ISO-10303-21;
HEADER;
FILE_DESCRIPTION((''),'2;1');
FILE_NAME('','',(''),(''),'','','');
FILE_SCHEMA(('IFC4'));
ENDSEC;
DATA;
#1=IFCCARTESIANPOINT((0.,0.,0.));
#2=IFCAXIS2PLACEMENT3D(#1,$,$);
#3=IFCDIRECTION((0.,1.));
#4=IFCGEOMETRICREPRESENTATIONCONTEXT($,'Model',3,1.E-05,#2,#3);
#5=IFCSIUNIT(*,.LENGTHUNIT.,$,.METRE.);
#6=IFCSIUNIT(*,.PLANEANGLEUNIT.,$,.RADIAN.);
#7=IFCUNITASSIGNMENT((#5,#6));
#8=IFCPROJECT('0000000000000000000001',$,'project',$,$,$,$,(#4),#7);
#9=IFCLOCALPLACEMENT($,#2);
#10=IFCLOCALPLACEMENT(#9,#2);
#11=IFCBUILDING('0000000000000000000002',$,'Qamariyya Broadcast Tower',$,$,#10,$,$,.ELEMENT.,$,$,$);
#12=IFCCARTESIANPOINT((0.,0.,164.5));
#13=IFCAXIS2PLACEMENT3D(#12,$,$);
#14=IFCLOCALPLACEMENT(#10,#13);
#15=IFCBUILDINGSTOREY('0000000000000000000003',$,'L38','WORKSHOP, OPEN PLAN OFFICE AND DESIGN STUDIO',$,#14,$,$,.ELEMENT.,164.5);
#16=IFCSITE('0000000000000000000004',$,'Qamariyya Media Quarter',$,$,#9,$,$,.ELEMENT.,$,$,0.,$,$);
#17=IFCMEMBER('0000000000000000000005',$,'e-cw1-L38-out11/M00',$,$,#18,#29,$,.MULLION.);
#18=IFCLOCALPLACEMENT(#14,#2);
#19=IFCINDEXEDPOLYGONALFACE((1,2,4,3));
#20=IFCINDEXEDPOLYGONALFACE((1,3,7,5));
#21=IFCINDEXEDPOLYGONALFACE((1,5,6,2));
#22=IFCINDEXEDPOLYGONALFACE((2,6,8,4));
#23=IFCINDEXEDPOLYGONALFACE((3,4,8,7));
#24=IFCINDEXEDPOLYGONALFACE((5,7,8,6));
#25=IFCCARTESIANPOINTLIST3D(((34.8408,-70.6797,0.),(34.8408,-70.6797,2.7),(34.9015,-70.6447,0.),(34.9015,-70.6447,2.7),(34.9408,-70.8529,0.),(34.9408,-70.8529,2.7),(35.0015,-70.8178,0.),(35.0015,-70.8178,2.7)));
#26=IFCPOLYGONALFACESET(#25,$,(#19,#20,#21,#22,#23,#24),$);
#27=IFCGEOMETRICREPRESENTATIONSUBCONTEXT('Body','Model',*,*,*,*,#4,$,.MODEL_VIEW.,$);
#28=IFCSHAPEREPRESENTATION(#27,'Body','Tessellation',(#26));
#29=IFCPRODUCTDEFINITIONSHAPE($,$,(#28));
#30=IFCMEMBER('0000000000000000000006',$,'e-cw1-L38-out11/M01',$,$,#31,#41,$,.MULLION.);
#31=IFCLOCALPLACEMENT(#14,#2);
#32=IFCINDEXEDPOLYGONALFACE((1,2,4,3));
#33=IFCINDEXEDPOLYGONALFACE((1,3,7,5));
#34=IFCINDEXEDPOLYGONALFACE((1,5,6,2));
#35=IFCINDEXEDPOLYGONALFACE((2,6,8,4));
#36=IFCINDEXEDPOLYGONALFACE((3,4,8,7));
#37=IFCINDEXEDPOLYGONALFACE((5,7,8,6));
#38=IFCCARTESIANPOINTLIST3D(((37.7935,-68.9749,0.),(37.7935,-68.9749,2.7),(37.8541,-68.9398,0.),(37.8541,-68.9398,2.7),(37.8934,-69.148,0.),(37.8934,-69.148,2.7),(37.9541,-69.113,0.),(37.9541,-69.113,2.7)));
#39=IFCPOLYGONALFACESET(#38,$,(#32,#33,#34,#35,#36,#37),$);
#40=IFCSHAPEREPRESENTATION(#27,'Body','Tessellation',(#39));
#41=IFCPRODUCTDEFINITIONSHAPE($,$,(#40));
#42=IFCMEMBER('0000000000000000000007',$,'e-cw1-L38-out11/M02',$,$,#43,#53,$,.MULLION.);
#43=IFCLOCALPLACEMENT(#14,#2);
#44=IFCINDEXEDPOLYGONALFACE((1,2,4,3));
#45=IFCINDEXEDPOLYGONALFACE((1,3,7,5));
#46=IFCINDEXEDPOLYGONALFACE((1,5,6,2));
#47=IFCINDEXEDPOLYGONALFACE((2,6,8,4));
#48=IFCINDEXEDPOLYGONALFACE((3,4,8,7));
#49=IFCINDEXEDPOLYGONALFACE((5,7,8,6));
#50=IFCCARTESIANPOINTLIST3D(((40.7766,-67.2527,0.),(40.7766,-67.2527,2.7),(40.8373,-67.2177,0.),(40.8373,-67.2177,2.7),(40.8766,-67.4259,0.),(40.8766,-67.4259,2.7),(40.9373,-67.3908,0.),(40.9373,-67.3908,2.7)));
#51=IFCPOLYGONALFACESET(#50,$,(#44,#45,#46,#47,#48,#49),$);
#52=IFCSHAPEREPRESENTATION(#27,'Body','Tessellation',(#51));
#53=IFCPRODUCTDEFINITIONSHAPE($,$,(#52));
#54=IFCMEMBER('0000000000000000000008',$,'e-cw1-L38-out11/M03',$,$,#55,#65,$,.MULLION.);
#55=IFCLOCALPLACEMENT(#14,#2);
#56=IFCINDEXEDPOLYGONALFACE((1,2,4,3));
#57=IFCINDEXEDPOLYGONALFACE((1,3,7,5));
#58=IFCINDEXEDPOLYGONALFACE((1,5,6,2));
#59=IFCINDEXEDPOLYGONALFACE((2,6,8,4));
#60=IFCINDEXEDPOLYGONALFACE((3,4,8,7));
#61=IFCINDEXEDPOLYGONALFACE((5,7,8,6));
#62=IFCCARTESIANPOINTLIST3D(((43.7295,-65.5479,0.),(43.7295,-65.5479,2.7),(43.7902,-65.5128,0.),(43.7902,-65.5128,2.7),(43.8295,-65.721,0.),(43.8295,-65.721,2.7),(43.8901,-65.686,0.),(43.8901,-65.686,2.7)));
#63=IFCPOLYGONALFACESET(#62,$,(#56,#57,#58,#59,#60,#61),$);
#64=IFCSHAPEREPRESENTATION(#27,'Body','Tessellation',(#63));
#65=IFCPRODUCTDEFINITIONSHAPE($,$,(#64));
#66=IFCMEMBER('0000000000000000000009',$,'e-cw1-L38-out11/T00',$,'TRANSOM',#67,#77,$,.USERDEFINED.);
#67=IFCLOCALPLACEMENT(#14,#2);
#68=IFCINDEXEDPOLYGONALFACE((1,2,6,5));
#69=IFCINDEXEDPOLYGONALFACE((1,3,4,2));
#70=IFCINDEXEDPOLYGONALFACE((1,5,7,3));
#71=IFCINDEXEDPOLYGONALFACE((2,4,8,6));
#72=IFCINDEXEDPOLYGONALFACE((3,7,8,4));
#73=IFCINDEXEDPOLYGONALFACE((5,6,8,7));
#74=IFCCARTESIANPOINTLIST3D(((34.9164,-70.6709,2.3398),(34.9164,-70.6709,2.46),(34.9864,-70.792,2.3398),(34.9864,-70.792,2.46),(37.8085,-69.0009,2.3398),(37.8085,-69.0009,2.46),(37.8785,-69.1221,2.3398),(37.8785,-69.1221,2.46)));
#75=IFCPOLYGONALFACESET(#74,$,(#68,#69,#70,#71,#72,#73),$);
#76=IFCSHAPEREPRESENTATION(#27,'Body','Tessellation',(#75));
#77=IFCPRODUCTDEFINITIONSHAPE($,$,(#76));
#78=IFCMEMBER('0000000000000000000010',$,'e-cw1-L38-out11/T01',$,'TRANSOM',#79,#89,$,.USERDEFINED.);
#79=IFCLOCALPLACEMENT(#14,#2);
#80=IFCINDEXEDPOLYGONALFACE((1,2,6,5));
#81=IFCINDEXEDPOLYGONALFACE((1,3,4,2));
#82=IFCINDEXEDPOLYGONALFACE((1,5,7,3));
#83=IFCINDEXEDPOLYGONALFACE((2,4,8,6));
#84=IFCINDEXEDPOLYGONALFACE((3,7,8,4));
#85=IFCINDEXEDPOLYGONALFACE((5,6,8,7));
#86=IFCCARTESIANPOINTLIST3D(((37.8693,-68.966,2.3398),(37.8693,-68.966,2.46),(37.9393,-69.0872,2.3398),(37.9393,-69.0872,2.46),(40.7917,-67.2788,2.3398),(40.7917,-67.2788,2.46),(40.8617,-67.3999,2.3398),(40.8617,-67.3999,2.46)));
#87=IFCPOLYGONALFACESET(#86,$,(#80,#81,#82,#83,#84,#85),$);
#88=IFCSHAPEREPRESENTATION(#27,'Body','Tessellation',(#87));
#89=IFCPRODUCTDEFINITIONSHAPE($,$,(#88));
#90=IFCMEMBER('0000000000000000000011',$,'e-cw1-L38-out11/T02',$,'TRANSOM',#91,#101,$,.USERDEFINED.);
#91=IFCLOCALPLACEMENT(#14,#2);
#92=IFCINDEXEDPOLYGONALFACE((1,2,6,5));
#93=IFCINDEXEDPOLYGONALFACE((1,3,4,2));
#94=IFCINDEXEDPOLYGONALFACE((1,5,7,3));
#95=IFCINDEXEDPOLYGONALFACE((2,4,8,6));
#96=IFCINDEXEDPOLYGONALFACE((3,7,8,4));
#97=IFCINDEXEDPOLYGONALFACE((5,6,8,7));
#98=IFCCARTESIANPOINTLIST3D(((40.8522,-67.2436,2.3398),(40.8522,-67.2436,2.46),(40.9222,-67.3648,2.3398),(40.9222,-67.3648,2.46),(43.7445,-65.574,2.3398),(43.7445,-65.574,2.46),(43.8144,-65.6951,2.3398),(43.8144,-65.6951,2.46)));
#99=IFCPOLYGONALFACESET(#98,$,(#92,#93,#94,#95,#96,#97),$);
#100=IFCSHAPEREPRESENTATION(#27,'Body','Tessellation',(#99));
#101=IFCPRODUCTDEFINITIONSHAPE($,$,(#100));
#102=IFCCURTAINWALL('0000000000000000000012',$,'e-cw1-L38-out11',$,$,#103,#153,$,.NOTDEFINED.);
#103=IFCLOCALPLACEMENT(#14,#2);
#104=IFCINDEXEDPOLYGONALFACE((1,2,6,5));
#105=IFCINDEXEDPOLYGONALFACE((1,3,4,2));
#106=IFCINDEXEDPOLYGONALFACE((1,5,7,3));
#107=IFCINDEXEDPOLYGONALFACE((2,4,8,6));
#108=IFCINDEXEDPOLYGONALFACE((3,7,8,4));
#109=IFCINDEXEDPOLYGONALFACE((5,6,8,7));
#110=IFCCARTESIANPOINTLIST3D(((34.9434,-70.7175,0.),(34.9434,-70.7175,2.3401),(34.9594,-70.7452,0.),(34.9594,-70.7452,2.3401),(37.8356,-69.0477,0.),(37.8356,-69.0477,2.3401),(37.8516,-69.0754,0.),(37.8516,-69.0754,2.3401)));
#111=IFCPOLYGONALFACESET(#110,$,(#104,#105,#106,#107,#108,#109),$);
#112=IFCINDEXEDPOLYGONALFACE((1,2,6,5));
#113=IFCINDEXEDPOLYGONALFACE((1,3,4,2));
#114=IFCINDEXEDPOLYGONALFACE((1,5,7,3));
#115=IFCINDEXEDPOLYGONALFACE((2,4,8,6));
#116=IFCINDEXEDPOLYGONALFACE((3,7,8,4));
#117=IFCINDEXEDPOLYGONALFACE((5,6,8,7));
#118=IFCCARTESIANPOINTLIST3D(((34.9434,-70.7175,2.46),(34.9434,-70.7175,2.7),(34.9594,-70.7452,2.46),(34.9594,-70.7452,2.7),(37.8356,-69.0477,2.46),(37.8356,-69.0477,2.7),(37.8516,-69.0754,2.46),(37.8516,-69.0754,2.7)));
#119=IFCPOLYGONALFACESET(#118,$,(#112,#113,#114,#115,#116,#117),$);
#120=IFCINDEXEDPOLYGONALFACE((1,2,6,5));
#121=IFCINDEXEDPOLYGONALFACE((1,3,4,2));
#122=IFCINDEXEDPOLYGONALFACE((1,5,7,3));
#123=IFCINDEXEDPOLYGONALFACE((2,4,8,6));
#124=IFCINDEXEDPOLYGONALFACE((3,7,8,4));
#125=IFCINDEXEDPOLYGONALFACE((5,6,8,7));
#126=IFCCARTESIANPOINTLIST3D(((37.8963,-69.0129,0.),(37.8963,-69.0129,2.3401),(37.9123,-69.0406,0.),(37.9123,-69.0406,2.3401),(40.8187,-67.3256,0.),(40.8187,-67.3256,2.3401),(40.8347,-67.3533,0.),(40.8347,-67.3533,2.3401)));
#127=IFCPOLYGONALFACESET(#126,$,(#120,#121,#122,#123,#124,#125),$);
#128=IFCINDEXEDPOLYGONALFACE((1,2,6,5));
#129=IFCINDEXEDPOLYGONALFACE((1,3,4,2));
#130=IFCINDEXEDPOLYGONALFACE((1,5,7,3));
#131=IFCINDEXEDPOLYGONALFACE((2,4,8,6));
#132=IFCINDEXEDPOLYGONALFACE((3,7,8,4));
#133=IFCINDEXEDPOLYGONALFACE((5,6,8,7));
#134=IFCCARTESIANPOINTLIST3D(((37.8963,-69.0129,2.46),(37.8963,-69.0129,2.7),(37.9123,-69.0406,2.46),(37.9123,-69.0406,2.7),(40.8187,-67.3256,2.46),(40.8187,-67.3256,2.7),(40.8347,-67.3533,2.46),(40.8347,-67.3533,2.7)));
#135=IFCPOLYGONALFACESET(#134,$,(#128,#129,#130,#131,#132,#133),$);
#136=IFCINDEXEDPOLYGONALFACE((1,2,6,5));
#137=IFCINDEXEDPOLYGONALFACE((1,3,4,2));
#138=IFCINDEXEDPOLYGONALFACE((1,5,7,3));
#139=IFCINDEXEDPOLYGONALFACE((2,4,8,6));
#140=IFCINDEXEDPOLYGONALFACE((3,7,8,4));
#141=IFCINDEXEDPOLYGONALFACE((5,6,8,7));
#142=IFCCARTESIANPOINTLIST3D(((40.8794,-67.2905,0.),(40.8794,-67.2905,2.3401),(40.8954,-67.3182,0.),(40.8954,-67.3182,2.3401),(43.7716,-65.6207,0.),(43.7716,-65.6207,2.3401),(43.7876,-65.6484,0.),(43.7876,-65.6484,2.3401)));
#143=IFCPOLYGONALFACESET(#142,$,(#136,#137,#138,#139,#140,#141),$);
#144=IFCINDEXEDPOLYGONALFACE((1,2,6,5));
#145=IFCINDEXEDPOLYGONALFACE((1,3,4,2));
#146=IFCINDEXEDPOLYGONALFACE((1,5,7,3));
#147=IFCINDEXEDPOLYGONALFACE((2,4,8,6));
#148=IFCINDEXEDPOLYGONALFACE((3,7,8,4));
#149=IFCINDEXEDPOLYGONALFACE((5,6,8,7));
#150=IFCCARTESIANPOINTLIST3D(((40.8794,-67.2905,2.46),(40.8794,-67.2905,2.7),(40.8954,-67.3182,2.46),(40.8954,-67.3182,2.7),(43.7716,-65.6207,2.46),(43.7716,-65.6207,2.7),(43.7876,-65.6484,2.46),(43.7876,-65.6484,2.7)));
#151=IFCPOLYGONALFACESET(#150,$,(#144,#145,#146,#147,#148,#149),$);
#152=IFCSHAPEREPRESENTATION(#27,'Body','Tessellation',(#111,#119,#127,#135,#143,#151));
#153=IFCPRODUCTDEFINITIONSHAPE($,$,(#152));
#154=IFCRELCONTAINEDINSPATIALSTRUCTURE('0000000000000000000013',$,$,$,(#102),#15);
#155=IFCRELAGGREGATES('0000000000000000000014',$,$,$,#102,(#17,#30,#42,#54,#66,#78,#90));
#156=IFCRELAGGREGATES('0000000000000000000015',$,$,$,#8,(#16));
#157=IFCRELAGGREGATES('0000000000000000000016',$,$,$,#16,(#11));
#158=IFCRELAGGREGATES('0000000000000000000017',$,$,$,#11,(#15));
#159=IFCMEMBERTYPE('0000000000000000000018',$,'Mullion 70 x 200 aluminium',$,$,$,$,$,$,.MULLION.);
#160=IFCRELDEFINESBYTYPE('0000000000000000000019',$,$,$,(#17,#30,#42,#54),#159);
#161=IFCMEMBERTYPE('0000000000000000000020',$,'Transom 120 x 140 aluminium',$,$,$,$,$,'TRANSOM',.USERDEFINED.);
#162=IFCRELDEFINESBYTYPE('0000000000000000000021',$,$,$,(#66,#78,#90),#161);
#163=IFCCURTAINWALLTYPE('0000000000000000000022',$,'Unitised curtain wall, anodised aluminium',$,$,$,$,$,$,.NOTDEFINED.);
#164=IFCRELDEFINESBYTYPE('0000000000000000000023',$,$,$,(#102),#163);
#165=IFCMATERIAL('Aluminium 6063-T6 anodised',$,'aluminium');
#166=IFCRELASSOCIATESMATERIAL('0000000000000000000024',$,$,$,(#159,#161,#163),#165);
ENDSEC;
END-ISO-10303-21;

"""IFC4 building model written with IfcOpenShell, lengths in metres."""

from ifc_helpers import new_model, si_unit, direction, frame, origin, origin_2d, place, context, subcontext, project, spatial, rectangle, extrude, material, material_profile, profile_set, type_object, element, aggregate, save


model = new_model("IFC4")

# Units and contexts
model_context = context("Model", 3, precision=1e-05, world=origin(), true_north=direction((0.0, 1.0)))
body_context = subcontext(model_context, "Body", "Model", "MODEL_VIEW")
ifc_project = project(units=[si_unit("LENGTHUNIT", "METRE"), si_unit("PLANEANGLEUNIT", "RADIAN")], contexts=[model_context])

# Members
ifc_material = material(Name="Aluminium 6063-T6 anodised", Category="aluminium")
ifc_material_profile_1 = material_profile(ifc_material, rectangle(XDim=0.2, YDim=0.0701, at=origin_2d()))
ifc_profile_set_1 = profile_set([ifc_material_profile_1], Name="Aluminium 6063-T6 anodised")
member_type_1 = type_object("IfcMemberType", Name="Mullion 70 x 200 aluminium", PredefinedType="MULLION", material=ifc_profile_set_1)
site_placement = place(None, origin())
building_placement = place(site_placement, origin())
storey_placement = place(building_placement, frame((0.0, 0.0, 164.5)))
member_1_placement = place(storey_placement, frame((34.9211, -70.7488, 0.0), z_axis=(0.0, 0.0, 1.0), x_axis=(-0.5, 0.866025, 0.0)))
member_1 = element("IfcMember", 1, at=member_1_placement, type_object=member_type_1, Name="e-cw1-L38-out11/M00", PredefinedType="MULLION", context=body_context, shape_type="SweptSolid", body=[
    extrude(rectangle(XDim=0.2, YDim=0.0701, at=origin_2d()), origin(), (0.0, 0.0, 1.0), 2.7),
])
member_2_placement = place(storey_placement, frame((37.8738, -69.0439, 0.0), z_axis=(0.0, 0.0, 1.0), x_axis=(-0.5, 0.866025, 0.0)))
member_2 = element("IfcMember", 2, at=member_2_placement, type_object=member_type_1, Name="e-cw1-L38-out11/M01", PredefinedType="MULLION", context=body_context, shape_type="SweptSolid", body=[
    extrude(rectangle(XDim=0.2, YDim=0.0701, at=origin_2d()), origin(), (0.0, 0.0, 1.0), 2.7),
])
member_3_placement = place(storey_placement, frame((40.8569, -67.3218, 0.0), z_axis=(0.0, 0.0, 1.0), x_axis=(-0.5, 0.866025, 0.0)))
member_3 = element("IfcMember", 3, at=member_3_placement, type_object=member_type_1, Name="e-cw1-L38-out11/M02", PredefinedType="MULLION", context=body_context, shape_type="SweptSolid", body=[
    extrude(rectangle(XDim=0.2, YDim=0.0701, at=origin_2d()), origin(), (0.0, 0.0, 1.0), 2.7),
])
member_4_placement = place(storey_placement, frame((43.8098, -65.6169, 0.0), z_axis=(0.0, 0.0, 1.0), x_axis=(-0.5, 0.866025, 0.0)))
member_4 = element("IfcMember", 4, at=member_4_placement, type_object=member_type_1, Name="e-cw1-L38-out11/M03", PredefinedType="MULLION", context=body_context, shape_type="SweptSolid", body=[
    extrude(rectangle(XDim=0.2, YDim=0.0701, at=origin_2d()), origin(), (0.0, 0.0, 1.0), 2.7),
])
ifc_material_profile_2 = material_profile(ifc_material, rectangle(XDim=0.1399, YDim=0.1201, at=origin_2d()))
ifc_profile_set_2 = profile_set([ifc_material_profile_2], Name="Aluminium 6063-T6 anodised")
member_type_2 = type_object("IfcMemberType", Name="Transom 120 x 140 aluminium", ElementType="TRANSOM", PredefinedType="USERDEFINED", material=ifc_profile_set_2)
member_5_placement = place(storey_placement, frame((34.9514, -70.7314, 2.3999), z_axis=(0.866003, 0.500039, 0.0), x_axis=(-0.500039, 0.866003, 0.0)))
member_5 = element("IfcMember", 5, at=member_5_placement, type_object=member_type_2, Name="e-cw1-L38-out11/T00", ObjectType="TRANSOM", PredefinedType="USERDEFINED", context=body_context, shape_type="SweptSolid", body=[
    extrude(rectangle(XDim=0.1399, YDim=0.1201, at=origin_2d()), origin(), (0.0, 0.0, 1.0), 3.3396),
])
member_6_placement = place(storey_placement, frame((37.9043, -69.0266, 2.3999), z_axis=(0.866022, 0.500006, 0.0), x_axis=(-0.500006, 0.866022, 0.0)))
member_6 = element("IfcMember", 6, at=member_6_placement, type_object=member_type_2, Name="e-cw1-L38-out11/T01", ObjectType="TRANSOM", PredefinedType="USERDEFINED", context=body_context, shape_type="SweptSolid", body=[
    extrude(rectangle(XDim=0.1399, YDim=0.1201, at=origin_2d()), origin(), (0.0, 0.0, 1.0), 3.3745),
])
member_7_placement = place(storey_placement, frame((40.8872, -67.3042, 2.3999), z_axis=(0.866053, 0.499952, 0.0), x_axis=(-0.499952, 0.866053, 0.0)))
member_7 = element("IfcMember", 7, at=member_7_placement, type_object=member_type_2, Name="e-cw1-L38-out11/T02", ObjectType="TRANSOM", PredefinedType="USERDEFINED", context=body_context, shape_type="SweptSolid", body=[
    extrude(rectangle(XDim=0.1399, YDim=0.1201, at=origin_2d()), origin(), (0.0, 0.0, 1.0), 3.3396),
])

# Site, building, storey
site = spatial("IfcSite", under=ifc_project, at=site_placement, Name="Qamariyya Media Quarter", CompositionType="ELEMENT", RefElevation=0.0)
building = spatial("IfcBuilding", under=site, at=building_placement, Name="Qamariyya Broadcast Tower", CompositionType="ELEMENT")
storey = spatial("IfcBuildingStorey", under=building, at=storey_placement, Name="L38", Description="WORKSHOP, OPEN PLAN OFFICE AND DESIGN STUDIO", CompositionType="ELEMENT", Elevation=164.5)

# Curtain wall
curtain_wall_type = type_object("IfcCurtainWallType", Name="Unitised curtain wall, anodised aluminium", PredefinedType="NOTDEFINED", material=ifc_material)
curtain_wall_1_placement = place(storey_placement, origin())
curtain_wall_1 = element("IfcCurtainWall", 8, at=curtain_wall_1_placement, inside=storey, type_object=curtain_wall_type, Name="e-cw1-L38-out11", PredefinedType="NOTDEFINED", context=body_context, shape_type="SweptSolid", body=[
    extrude(rectangle(XDim=3.3396, YDim=0.032, at=origin_2d()), frame((36.3975, -69.8965, 0.0), x_axis=(0.866029, 0.499994, 0.0)), (0.0, 0.0, 1.0), 2.3401),
    extrude(rectangle(XDim=3.3396, YDim=0.032, at=origin_2d()), frame((36.3975, -69.8965, 2.46), x_axis=(0.866029, 0.499994, 0.0)), (0.0, 0.0, 1.0), 0.24),
    extrude(rectangle(XDim=3.3745, YDim=0.032, at=origin_2d()), frame((39.3655, -68.1831, 0.0), x_axis=(0.866029, 0.499994, 0.0)), (0.0, 0.0, 1.0), 2.3401),
    extrude(rectangle(XDim=3.3745, YDim=0.032, at=origin_2d()), frame((39.3655, -68.1831, 2.46), x_axis=(0.866029, 0.499994, 0.0)), (0.0, 0.0, 1.0), 0.24),
    extrude(rectangle(XDim=3.3396, YDim=0.032, at=origin_2d()), frame((42.3335, -66.4695, 0.0), x_axis=(0.866029, 0.499994, 0.0)), (0.0, 0.0, 1.0), 2.3401),
    extrude(rectangle(XDim=3.3396, YDim=0.032, at=origin_2d()), frame((42.3335, -66.4695, 2.46), x_axis=(0.866029, 0.499994, 0.0)), (0.0, 0.0, 1.0), 0.24),
])
aggregate(curtain_wall_1, [member_1, member_2, member_3, member_4, member_5, member_6, member_7])

save(model, "model.ifc")
